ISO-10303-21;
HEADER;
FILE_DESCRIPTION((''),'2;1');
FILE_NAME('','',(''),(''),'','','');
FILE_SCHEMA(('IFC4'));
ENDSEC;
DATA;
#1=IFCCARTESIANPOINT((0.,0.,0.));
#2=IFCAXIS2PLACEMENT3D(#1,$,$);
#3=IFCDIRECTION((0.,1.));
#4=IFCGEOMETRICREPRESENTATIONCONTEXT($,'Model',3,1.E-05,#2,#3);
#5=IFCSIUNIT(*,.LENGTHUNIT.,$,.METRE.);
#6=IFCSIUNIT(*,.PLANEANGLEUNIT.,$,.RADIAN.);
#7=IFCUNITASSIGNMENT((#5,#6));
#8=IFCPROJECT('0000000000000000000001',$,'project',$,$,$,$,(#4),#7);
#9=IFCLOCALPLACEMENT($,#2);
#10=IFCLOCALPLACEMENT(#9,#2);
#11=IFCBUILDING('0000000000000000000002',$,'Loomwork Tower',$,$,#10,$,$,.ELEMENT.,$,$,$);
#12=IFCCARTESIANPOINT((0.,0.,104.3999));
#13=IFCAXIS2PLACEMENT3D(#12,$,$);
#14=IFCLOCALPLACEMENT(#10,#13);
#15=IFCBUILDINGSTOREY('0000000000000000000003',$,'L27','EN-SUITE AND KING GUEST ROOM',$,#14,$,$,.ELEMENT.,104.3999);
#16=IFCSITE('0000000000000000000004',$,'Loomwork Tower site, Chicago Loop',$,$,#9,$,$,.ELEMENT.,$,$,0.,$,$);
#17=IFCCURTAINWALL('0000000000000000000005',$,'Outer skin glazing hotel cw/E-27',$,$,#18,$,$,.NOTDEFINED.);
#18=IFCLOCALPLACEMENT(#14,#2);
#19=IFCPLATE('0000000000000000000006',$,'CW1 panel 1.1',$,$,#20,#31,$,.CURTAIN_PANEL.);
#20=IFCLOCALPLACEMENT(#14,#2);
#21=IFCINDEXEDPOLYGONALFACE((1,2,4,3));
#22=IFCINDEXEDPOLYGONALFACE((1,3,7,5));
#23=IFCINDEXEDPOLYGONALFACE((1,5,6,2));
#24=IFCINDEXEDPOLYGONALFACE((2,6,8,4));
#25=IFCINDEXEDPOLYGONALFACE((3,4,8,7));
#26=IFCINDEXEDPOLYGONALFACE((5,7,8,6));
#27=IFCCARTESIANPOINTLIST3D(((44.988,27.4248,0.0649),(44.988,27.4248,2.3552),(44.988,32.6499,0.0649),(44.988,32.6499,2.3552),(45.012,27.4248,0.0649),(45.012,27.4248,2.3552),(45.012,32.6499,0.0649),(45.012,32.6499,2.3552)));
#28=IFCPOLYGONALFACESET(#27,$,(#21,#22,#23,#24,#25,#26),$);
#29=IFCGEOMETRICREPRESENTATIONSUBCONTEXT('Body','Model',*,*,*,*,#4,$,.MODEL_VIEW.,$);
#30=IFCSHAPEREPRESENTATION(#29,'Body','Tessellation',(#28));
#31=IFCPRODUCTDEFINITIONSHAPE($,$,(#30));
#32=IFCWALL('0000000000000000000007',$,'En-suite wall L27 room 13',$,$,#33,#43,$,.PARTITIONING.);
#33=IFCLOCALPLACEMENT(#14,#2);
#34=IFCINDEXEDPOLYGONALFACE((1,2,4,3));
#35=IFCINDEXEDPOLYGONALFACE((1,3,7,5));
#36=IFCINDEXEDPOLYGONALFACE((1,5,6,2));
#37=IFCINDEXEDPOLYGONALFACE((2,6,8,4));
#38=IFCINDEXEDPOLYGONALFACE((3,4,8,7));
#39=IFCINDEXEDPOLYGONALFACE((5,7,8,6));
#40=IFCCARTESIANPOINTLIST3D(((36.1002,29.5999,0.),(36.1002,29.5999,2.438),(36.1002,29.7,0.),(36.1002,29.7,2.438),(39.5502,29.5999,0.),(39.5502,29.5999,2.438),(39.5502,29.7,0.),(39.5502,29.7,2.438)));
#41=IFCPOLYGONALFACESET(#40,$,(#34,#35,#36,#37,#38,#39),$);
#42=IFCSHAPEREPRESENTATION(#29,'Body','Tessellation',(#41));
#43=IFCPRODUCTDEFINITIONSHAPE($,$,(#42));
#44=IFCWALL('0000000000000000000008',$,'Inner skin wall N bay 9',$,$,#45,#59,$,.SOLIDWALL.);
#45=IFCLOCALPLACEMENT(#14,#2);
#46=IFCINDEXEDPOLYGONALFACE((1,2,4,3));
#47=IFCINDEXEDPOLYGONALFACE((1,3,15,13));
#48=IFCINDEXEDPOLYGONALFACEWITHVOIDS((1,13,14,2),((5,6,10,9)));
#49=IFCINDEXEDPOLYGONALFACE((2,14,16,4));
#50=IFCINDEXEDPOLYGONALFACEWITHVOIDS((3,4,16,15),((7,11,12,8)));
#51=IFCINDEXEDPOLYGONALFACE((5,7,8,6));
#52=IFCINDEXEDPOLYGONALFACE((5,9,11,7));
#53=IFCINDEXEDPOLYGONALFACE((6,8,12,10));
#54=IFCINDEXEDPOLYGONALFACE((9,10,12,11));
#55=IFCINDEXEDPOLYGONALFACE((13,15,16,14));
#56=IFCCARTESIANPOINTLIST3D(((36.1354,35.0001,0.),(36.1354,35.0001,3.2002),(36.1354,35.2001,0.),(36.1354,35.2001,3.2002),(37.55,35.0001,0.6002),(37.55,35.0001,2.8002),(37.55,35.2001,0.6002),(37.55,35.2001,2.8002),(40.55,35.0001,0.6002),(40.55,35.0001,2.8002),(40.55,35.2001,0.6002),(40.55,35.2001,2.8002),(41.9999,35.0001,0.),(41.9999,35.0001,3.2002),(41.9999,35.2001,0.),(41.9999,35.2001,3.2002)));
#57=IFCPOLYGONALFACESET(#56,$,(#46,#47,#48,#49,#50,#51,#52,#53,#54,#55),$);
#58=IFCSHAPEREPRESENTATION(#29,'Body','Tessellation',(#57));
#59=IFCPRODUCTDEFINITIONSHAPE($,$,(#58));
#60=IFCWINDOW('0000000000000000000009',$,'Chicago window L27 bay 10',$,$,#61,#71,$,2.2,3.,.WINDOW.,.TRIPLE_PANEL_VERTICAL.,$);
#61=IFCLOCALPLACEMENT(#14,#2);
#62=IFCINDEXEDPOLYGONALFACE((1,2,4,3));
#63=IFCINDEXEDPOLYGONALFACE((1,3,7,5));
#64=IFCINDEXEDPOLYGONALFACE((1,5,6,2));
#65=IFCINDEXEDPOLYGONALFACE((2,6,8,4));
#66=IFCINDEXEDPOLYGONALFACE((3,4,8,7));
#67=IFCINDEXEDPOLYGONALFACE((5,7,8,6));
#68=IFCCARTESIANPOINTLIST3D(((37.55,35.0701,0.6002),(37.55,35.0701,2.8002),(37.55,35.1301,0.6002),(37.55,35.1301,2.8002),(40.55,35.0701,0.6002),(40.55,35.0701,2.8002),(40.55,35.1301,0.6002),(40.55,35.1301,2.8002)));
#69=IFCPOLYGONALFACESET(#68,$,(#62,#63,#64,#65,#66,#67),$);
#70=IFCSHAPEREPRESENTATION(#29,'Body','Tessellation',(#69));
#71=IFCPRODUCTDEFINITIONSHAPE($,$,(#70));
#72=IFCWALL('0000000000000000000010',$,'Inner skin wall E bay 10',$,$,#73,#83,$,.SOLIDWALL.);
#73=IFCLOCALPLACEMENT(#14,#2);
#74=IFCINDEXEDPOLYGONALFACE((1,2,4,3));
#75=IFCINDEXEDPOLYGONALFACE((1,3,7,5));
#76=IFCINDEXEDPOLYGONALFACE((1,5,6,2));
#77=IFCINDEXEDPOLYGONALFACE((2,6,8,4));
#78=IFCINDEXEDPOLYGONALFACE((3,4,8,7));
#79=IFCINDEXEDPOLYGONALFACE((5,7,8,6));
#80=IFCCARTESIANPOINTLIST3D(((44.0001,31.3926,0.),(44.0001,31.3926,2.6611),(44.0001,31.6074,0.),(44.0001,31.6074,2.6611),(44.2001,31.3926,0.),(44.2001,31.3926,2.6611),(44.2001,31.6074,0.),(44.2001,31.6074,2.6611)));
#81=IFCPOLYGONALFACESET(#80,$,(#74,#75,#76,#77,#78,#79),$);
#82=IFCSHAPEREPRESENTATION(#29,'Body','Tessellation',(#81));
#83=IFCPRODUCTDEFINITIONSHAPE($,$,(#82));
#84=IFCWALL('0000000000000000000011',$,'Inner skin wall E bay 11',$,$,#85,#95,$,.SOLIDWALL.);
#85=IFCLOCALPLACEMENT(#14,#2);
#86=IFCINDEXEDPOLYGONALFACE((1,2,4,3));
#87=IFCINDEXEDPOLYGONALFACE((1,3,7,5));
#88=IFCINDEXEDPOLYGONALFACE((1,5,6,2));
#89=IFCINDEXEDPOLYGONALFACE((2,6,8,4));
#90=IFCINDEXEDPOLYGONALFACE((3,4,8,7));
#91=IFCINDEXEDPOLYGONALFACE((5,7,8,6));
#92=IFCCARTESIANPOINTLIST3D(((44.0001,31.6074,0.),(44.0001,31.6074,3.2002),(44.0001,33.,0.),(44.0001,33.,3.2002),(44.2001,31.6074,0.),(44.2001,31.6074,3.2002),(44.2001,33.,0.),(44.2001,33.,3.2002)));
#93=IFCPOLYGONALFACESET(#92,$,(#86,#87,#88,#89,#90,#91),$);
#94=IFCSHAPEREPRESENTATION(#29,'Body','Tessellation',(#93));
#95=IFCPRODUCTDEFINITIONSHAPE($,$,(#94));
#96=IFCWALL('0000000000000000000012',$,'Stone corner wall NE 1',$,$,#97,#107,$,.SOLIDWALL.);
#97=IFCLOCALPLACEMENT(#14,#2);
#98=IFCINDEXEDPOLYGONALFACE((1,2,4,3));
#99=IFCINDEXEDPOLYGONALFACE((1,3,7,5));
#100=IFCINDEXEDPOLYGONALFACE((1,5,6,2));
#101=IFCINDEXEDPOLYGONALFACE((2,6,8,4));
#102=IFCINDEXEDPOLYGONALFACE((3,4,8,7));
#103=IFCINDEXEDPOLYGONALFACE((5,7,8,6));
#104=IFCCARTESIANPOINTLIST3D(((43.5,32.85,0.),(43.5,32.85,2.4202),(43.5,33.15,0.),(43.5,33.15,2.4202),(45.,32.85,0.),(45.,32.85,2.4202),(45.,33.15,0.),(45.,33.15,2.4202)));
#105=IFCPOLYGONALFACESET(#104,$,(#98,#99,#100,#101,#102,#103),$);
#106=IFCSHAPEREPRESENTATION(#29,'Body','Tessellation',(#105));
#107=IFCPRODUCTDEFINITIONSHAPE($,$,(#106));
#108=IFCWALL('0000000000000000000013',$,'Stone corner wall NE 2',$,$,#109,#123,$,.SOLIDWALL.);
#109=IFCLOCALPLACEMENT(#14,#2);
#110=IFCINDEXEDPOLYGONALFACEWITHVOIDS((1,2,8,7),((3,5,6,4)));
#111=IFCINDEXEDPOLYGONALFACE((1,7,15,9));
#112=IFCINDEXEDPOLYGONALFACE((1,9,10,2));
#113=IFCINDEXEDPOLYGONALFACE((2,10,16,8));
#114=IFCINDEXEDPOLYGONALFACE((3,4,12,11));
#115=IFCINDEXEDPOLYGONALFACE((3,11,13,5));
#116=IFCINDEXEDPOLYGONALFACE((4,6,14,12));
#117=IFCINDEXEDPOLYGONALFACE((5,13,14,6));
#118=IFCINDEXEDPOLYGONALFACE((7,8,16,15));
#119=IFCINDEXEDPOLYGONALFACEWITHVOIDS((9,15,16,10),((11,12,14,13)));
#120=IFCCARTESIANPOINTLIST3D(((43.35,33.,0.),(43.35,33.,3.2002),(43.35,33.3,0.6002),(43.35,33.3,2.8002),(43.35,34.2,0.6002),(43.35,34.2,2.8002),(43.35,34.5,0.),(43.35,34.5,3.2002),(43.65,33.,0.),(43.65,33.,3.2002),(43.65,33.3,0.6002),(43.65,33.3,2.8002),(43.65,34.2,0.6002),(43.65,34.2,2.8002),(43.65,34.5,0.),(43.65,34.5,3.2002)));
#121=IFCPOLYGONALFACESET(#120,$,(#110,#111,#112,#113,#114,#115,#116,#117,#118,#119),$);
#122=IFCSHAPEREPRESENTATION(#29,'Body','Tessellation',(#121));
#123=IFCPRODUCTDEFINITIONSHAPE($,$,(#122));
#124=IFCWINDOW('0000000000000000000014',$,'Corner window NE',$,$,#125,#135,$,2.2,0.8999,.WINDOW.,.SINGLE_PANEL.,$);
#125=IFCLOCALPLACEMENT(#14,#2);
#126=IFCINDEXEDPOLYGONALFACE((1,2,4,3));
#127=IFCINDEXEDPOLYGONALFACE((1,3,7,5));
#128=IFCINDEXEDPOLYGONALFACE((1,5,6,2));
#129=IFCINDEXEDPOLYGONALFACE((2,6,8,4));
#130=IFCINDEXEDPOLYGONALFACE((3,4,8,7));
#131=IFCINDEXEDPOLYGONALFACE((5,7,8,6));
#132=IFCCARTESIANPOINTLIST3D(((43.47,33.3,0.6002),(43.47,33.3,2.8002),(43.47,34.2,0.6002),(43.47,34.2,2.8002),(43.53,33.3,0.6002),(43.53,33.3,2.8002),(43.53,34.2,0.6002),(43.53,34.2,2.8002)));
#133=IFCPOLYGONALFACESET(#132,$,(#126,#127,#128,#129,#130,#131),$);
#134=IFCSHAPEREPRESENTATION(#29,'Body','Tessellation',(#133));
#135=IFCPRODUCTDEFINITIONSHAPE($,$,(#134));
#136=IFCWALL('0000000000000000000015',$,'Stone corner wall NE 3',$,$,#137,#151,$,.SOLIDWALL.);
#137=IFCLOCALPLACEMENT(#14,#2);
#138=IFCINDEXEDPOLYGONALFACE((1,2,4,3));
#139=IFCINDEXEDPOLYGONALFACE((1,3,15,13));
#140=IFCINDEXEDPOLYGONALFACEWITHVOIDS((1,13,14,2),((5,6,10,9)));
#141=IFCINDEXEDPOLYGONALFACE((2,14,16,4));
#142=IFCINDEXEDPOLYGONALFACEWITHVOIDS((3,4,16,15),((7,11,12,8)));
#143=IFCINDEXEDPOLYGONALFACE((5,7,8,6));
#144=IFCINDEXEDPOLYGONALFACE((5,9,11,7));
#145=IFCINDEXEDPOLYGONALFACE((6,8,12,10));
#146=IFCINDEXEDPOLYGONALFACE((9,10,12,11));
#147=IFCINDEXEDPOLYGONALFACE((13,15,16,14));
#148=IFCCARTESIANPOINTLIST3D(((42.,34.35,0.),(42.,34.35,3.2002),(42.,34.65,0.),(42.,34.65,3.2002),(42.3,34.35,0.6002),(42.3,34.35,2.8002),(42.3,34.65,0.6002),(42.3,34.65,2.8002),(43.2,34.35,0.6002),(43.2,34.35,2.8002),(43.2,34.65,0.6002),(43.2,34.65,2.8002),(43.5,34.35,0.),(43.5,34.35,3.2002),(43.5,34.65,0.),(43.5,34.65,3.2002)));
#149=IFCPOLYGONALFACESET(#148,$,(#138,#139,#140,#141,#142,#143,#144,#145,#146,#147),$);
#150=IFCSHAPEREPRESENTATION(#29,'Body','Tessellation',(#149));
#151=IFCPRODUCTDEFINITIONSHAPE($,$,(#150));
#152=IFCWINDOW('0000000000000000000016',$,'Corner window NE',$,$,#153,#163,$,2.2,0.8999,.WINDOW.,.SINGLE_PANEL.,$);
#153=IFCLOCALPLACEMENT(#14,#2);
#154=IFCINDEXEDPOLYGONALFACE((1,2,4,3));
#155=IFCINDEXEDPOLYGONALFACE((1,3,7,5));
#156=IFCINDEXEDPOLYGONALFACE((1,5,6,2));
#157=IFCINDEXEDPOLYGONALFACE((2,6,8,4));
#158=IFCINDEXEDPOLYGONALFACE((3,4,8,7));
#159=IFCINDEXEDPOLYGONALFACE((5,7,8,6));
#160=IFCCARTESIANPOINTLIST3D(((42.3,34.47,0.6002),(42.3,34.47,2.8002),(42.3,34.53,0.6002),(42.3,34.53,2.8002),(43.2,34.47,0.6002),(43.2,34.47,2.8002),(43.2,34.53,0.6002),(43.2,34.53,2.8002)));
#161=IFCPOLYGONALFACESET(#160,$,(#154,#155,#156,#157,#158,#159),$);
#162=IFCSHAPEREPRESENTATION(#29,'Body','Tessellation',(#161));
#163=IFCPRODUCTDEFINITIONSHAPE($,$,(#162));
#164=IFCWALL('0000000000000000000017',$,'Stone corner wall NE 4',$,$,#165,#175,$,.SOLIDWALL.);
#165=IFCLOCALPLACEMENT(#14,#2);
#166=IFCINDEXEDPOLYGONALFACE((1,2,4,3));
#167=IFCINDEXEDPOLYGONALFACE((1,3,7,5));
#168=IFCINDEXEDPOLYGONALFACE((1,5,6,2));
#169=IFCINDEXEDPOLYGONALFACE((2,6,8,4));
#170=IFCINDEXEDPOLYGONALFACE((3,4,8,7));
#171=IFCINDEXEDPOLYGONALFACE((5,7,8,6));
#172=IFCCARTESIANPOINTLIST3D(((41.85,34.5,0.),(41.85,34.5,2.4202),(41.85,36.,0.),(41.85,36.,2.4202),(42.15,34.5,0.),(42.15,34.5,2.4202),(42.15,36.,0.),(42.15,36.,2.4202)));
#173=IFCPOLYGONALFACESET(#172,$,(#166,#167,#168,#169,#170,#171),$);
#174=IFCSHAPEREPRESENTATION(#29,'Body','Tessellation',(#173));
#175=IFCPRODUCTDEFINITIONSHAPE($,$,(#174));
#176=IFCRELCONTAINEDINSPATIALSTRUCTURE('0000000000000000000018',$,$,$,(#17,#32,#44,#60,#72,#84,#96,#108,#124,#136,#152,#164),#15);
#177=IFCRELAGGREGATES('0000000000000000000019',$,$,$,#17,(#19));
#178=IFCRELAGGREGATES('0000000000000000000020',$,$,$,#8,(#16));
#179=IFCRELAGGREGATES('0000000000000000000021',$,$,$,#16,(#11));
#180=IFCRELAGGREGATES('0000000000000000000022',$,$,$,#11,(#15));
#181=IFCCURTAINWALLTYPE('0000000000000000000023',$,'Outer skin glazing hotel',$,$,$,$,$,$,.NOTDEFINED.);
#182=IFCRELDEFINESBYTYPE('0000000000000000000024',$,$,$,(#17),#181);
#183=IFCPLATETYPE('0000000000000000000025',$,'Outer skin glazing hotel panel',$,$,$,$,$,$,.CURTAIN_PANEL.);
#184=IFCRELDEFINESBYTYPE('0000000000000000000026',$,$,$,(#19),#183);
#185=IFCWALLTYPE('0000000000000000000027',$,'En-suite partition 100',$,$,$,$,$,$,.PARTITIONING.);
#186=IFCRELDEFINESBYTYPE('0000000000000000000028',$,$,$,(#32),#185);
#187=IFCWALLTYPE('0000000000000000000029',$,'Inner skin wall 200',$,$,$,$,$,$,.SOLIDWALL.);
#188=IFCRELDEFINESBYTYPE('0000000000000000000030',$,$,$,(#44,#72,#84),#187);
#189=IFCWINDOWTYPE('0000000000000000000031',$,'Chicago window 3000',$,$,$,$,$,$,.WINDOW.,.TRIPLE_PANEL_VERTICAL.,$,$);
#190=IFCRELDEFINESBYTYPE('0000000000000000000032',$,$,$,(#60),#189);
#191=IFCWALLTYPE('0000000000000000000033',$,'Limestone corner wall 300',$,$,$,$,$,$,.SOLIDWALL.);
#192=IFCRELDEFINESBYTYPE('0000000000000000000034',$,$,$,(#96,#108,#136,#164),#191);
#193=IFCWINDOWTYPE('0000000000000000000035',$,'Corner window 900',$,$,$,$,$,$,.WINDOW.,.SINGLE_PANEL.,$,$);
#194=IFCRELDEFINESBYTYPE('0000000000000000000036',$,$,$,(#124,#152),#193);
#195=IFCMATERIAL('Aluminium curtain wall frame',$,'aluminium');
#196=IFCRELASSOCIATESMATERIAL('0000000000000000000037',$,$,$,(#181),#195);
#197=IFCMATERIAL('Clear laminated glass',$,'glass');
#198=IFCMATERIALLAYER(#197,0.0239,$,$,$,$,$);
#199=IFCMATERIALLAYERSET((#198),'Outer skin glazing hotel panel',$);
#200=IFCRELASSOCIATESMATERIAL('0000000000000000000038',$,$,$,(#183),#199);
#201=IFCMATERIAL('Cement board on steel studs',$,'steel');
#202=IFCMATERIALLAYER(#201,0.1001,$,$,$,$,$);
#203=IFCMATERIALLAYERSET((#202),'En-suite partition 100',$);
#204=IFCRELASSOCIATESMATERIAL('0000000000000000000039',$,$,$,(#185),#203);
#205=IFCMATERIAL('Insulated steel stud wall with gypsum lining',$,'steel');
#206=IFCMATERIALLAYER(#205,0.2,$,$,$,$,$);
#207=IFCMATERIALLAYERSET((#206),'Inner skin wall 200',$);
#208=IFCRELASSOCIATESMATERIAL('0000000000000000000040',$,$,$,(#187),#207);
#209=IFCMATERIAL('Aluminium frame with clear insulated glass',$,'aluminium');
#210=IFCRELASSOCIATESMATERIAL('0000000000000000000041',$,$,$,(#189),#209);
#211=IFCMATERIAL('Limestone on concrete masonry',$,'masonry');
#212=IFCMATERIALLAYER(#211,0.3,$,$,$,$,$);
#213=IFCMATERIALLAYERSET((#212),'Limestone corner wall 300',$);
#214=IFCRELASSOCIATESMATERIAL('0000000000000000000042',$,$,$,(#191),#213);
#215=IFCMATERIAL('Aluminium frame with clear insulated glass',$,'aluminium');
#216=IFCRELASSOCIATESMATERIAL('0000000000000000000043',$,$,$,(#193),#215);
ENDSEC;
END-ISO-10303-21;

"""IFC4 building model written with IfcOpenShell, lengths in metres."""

from ifc_helpers import new_model, si_unit, direction, frame, frame_2d, origin, origin_2d, place, context, subcontext, project, spatial, rectangle, extrude, material, layer, layer_set, type_object, element, fill, aggregate, save


model = new_model("IFC4")

# Units and contexts
model_context = context("Model", 3, precision=1e-05, world=origin(), true_north=direction((0.0, 1.0)))
body_context = subcontext(model_context, "Body", "Model", "MODEL_VIEW")
ifc_project = project(units=[si_unit("LENGTHUNIT", "METRE"), si_unit("PLANEANGLEUNIT", "RADIAN")], contexts=[model_context])

# Site, building, storey
site_placement = place(None, origin())
site = spatial("IfcSite", under=ifc_project, at=site_placement, Name="Loomwork Tower site, Chicago Loop", CompositionType="ELEMENT", RefElevation=0.0)
building_placement = place(site_placement, origin())
building = spatial("IfcBuilding", under=site, at=building_placement, Name="Loomwork Tower", CompositionType="ELEMENT")
storey_placement = place(building_placement, frame((0.0, 0.0, 104.3999)))
storey = spatial("IfcBuildingStorey", under=building, at=storey_placement, Name="L27", Description="EN-SUITE AND KING GUEST ROOM", CompositionType="ELEMENT", Elevation=104.3999)

# Shared definitions
ifc_material_1 = material(Name="Aluminium curtain wall frame", Category="aluminium")
curtain_wall_type = type_object("IfcCurtainWallType", Name="Outer skin glazing hotel", PredefinedType="NOTDEFINED", material=ifc_material_1)

# Curtain wall
curtain_wall_1_placement = place(storey_placement, origin())
curtain_wall_1 = element("IfcCurtainWall", 1, at=curtain_wall_1_placement, inside=storey, type_object=curtain_wall_type, Name="Outer skin glazing hotel cw/E-27", PredefinedType="NOTDEFINED")

# Plate
ifc_material_2 = material(Name="Clear laminated glass", Category="glass")
ifc_layer_1 = layer(ifc_material_2, 0.0239)
ifc_layer_set_1 = layer_set([ifc_layer_1], Name="Outer skin glazing hotel panel")
plate_type = type_object("IfcPlateType", Name="Outer skin glazing hotel panel", PredefinedType="CURTAIN_PANEL", material=ifc_layer_set_1)
plate_1_placement = place(storey_placement, frame((45.0, 30.0374, 0.0649), z_axis=(0.0, 0.0, 1.0), x_axis=(0.0, 1.0, 0.0)))
plate_1 = element("IfcPlate", 2, at=plate_1_placement, type_object=plate_type, Name="CW1 panel 1.1", PredefinedType="CURTAIN_PANEL", context=body_context, shape_type="SweptSolid", body=[
    extrude(rectangle(XDim=5.2251, YDim=0.0239, at=origin_2d()), origin(), (0.0, 0.0, 1.0), 2.2903),
])
aggregate(curtain_wall_1, [plate_1])

# Wall
ifc_material_3 = material(Name="Cement board on steel studs", Category="steel")
ifc_layer_2 = layer(ifc_material_3, 0.1001)
ifc_layer_set_2 = layer_set([ifc_layer_2], Name="En-suite partition 100")
wall_type_1 = type_object("IfcWallType", Name="En-suite partition 100", PredefinedType="PARTITIONING", material=ifc_layer_set_2)
wall_1_placement = place(storey_placement, frame((36.1001, 29.6499, 0.0), z_axis=(0.0, 0.0, 1.0), x_axis=(1.0, 0.0, 0.0)))
element("IfcWall", 3, at=wall_1_placement, inside=storey, type_object=wall_type_1, Name="En-suite wall L27 room 13", PredefinedType="PARTITIONING", context=body_context, shape_type="SweptSolid", body=[
    extrude(rectangle(XDim=3.45, YDim=0.1001, at=frame_2d((1.7251, 0.0))), origin(), (0.0, 0.0, 1.0), 2.438),
])

# Wall, opening, window
ifc_material_4 = material(Name="Insulated steel stud wall with gypsum lining", Category="steel")
ifc_layer_3 = layer(ifc_material_4, 0.2)
ifc_layer_set_3 = layer_set([ifc_layer_3], Name="Inner skin wall 200")
wall_type_2 = type_object("IfcWallType", Name="Inner skin wall 200", PredefinedType="SOLIDWALL", material=ifc_layer_set_3)
wall_2_placement = place(storey_placement, frame((36.1355, 35.1001, 0.0), z_axis=(0.0, 0.0, 1.0), x_axis=(1.0, 0.0, 0.0)))
wall_2 = element("IfcWall", 4, at=wall_2_placement, inside=storey, type_object=wall_type_2, Name="Inner skin wall N bay 9", PredefinedType="SOLIDWALL", context=body_context, shape_type="SweptSolid", body=[
    extrude(rectangle(XDim=5.8645, YDim=0.2, at=frame_2d((2.9321, 0.0))), origin(), (0.0, 0.0, 1.0), 3.2002),
])
opening_1_placement = place(wall_2_placement, frame((1.4146, 0.0, 0.6001)))
opening_1 = element("IfcOpeningElement", 5, at=opening_1_placement, cuts=wall_2, PredefinedType="OPENING", context=body_context, shape_type="SweptSolid", body=[
    extrude(rectangle(XDim=3.0, YDim=2.2, at=frame_2d((1.5, 1.1001))), frame((0.0, 0.1099, 0.0), z_axis=(0.0, -1.0, 0.0), x_axis=(1.0, 0.0, 0.0)), (0.0, 0.0, 1.0), 0.22),
])
ifc_material_5 = material(Name="Aluminium frame with clear insulated glass", Category="aluminium")
window_type_1 = type_object("IfcWindowType", Name="Chicago window 3000", PartitioningType="TRIPLE_PANEL_VERTICAL", PredefinedType="WINDOW", material=ifc_material_5)
window_1_placement = place(opening_1_placement, origin())
window_1 = element("IfcWindow", 6, at=window_1_placement, inside=storey, type_object=window_type_1, Name="Chicago window L27 bay 10", OverallHeight=2.2, OverallWidth=3.0, PartitioningType="TRIPLE_PANEL_VERTICAL", PredefinedType="WINDOW", context=body_context, shape_type="SweptSolid", body=[
    extrude(rectangle(XDim=3.0, YDim=2.2, at=frame_2d((1.5, 1.1001))), frame((0.0, 0.03, 0.0), z_axis=(0.0, -1.0, 0.0), x_axis=(1.0, 0.0, 0.0)), (0.0, 0.0, 1.0), 0.0601),
])
fill(opening_1, window_1)

# Walls
wall_3_placement = place(storey_placement, frame((44.1001, 31.3926, 0.0), z_axis=(0.0, 0.0, 1.0), x_axis=(0.0, 1.0, 0.0)))
element("IfcWall", 7, at=wall_3_placement, inside=storey, type_object=wall_type_2, Name="Inner skin wall E bay 10", PredefinedType="SOLIDWALL", context=body_context, shape_type="SweptSolid", body=[
    extrude(rectangle(XDim=0.2148, YDim=0.2, at=frame_2d((0.1074, 0.0))), origin(), (0.0, 0.0, 1.0), 2.6611),
])
wall_4_placement = place(storey_placement, frame((44.1001, 31.6074, 0.0), z_axis=(0.0, 0.0, 1.0), x_axis=(0.0, 1.0, 0.0)))
element("IfcWall", 8, at=wall_4_placement, inside=storey, type_object=wall_type_2, Name="Inner skin wall E bay 11", PredefinedType="SOLIDWALL", context=body_context, shape_type="SweptSolid", body=[
    extrude(rectangle(XDim=1.3926, YDim=0.2, at=frame_2d((0.6963, 0.0))), origin(), (0.0, 0.0, 1.0), 3.2002),
])
ifc_material_6 = material(Name="Limestone on concrete masonry", Category="masonry")
ifc_layer_4 = layer(ifc_material_6, 0.3)
ifc_layer_set_4 = layer_set([ifc_layer_4], Name="Limestone corner wall 300")
wall_type_3 = type_object("IfcWallType", Name="Limestone corner wall 300", PredefinedType="SOLIDWALL", material=ifc_layer_set_4)
wall_5_placement = place(storey_placement, frame((45.0, 33.0, 0.0), z_axis=(0.0, 0.0, 1.0), x_axis=(-1.0, 0.0, 0.0)))
element("IfcWall", 9, at=wall_5_placement, inside=storey, type_object=wall_type_3, Name="Stone corner wall NE 1", PredefinedType="SOLIDWALL", context=body_context, shape_type="SweptSolid", body=[
    extrude(rectangle(XDim=1.5, YDim=0.3, at=frame_2d((0.75, 0.0))), origin(), (0.0, 0.0, 1.0), 2.4202),
])

# Walls, openings, windows
wall_6_placement = place(storey_placement, frame((43.5, 33.0, 0.0), z_axis=(0.0, 0.0, 1.0), x_axis=(0.0, 1.0, 0.0)))
wall_6 = element("IfcWall", 10, at=wall_6_placement, inside=storey, type_object=wall_type_3, Name="Stone corner wall NE 2", PredefinedType="SOLIDWALL", context=body_context, shape_type="SweptSolid", body=[
    extrude(rectangle(XDim=1.5, YDim=0.3, at=frame_2d((0.75, 0.0))), origin(), (0.0, 0.0, 1.0), 3.2002),
])
opening_2_placement = place(wall_6_placement, frame((0.3, 0.0, 0.6001)))
opening_2 = element("IfcOpeningElement", 11, at=opening_2_placement, cuts=wall_6, PredefinedType="OPENING", context=body_context, shape_type="SweptSolid", body=[
    extrude(rectangle(XDim=0.8999, YDim=2.2, at=frame_2d((0.45, 1.1001))), frame((0.0, 0.1599, 0.0), z_axis=(0.0, -1.0, 0.0), x_axis=(1.0, 0.0, 0.0)), (0.0, 0.0, 1.0), 0.3201),
])
ifc_material_7 = material(Name="Aluminium frame with clear insulated glass", Category="aluminium")
window_type_2 = type_object("IfcWindowType", Name="Corner window 900", PartitioningType="SINGLE_PANEL", PredefinedType="WINDOW", material=ifc_material_7)
window_2_placement = place(opening_2_placement, origin())
window_2 = element("IfcWindow", 12, at=window_2_placement, inside=storey, type_object=window_type_2, Name="Corner window NE", OverallHeight=2.2, OverallWidth=0.8999, PartitioningType="SINGLE_PANEL", PredefinedType="WINDOW", context=body_context, shape_type="SweptSolid", body=[
    extrude(rectangle(XDim=0.8999, YDim=2.2, at=frame_2d((0.45, 1.1001))), frame((0.0, 0.03, 0.0), z_axis=(0.0, -1.0, 0.0), x_axis=(1.0, 0.0, 0.0)), (0.0, 0.0, 1.0), 0.0601),
])
fill(opening_2, window_2)
wall_7_placement = place(storey_placement, frame((43.5, 34.5, 0.0), z_axis=(0.0, 0.0, 1.0), x_axis=(-1.0, 0.0, 0.0)))
wall_7 = element("IfcWall", 13, at=wall_7_placement, inside=storey, type_object=wall_type_3, Name="Stone corner wall NE 3", PredefinedType="SOLIDWALL", context=body_context, shape_type="SweptSolid", body=[
    extrude(rectangle(XDim=1.5, YDim=0.3, at=frame_2d((0.75, 0.0))), origin(), (0.0, 0.0, 1.0), 3.2002),
])
opening_3_placement = place(wall_7_placement, frame((0.3, 0.0, 0.6001)))
opening_3 = element("IfcOpeningElement", 14, at=opening_3_placement, cuts=wall_7, PredefinedType="OPENING", context=body_context, shape_type="SweptSolid", body=[
    extrude(rectangle(XDim=0.8999, YDim=2.2, at=frame_2d((0.45, 1.1001))), frame((0.0, 0.1599, 0.0), z_axis=(0.0, -1.0, 0.0), x_axis=(1.0, 0.0, 0.0)), (0.0, 0.0, 1.0), 0.3201),
])
window_3_placement = place(opening_3_placement, origin())
window_3 = element("IfcWindow", 15, at=window_3_placement, inside=storey, type_object=window_type_2, Name="Corner window NE", OverallHeight=2.2, OverallWidth=0.8999, PartitioningType="SINGLE_PANEL", PredefinedType="WINDOW", context=body_context, shape_type="SweptSolid", body=[
    extrude(rectangle(XDim=0.8999, YDim=2.2, at=frame_2d((0.45, 1.1001))), frame((0.0, 0.03, 0.0), z_axis=(0.0, -1.0, 0.0), x_axis=(1.0, 0.0, 0.0)), (0.0, 0.0, 1.0), 0.0601),
])
fill(opening_3, window_3)

# Wall
wall_8_placement = place(storey_placement, frame((42.0, 34.5, 0.0), z_axis=(0.0, 0.0, 1.0), x_axis=(0.0, 1.0, 0.0)))
element("IfcWall", 16, at=wall_8_placement, inside=storey, type_object=wall_type_3, Name="Stone corner wall NE 4", PredefinedType="SOLIDWALL", context=body_context, shape_type="SweptSolid", body=[
    extrude(rectangle(XDim=1.5, YDim=0.3, at=frame_2d((0.75, 0.0))), origin(), (0.0, 0.0, 1.0), 2.4202),
])

save(model, "model.ifc")
